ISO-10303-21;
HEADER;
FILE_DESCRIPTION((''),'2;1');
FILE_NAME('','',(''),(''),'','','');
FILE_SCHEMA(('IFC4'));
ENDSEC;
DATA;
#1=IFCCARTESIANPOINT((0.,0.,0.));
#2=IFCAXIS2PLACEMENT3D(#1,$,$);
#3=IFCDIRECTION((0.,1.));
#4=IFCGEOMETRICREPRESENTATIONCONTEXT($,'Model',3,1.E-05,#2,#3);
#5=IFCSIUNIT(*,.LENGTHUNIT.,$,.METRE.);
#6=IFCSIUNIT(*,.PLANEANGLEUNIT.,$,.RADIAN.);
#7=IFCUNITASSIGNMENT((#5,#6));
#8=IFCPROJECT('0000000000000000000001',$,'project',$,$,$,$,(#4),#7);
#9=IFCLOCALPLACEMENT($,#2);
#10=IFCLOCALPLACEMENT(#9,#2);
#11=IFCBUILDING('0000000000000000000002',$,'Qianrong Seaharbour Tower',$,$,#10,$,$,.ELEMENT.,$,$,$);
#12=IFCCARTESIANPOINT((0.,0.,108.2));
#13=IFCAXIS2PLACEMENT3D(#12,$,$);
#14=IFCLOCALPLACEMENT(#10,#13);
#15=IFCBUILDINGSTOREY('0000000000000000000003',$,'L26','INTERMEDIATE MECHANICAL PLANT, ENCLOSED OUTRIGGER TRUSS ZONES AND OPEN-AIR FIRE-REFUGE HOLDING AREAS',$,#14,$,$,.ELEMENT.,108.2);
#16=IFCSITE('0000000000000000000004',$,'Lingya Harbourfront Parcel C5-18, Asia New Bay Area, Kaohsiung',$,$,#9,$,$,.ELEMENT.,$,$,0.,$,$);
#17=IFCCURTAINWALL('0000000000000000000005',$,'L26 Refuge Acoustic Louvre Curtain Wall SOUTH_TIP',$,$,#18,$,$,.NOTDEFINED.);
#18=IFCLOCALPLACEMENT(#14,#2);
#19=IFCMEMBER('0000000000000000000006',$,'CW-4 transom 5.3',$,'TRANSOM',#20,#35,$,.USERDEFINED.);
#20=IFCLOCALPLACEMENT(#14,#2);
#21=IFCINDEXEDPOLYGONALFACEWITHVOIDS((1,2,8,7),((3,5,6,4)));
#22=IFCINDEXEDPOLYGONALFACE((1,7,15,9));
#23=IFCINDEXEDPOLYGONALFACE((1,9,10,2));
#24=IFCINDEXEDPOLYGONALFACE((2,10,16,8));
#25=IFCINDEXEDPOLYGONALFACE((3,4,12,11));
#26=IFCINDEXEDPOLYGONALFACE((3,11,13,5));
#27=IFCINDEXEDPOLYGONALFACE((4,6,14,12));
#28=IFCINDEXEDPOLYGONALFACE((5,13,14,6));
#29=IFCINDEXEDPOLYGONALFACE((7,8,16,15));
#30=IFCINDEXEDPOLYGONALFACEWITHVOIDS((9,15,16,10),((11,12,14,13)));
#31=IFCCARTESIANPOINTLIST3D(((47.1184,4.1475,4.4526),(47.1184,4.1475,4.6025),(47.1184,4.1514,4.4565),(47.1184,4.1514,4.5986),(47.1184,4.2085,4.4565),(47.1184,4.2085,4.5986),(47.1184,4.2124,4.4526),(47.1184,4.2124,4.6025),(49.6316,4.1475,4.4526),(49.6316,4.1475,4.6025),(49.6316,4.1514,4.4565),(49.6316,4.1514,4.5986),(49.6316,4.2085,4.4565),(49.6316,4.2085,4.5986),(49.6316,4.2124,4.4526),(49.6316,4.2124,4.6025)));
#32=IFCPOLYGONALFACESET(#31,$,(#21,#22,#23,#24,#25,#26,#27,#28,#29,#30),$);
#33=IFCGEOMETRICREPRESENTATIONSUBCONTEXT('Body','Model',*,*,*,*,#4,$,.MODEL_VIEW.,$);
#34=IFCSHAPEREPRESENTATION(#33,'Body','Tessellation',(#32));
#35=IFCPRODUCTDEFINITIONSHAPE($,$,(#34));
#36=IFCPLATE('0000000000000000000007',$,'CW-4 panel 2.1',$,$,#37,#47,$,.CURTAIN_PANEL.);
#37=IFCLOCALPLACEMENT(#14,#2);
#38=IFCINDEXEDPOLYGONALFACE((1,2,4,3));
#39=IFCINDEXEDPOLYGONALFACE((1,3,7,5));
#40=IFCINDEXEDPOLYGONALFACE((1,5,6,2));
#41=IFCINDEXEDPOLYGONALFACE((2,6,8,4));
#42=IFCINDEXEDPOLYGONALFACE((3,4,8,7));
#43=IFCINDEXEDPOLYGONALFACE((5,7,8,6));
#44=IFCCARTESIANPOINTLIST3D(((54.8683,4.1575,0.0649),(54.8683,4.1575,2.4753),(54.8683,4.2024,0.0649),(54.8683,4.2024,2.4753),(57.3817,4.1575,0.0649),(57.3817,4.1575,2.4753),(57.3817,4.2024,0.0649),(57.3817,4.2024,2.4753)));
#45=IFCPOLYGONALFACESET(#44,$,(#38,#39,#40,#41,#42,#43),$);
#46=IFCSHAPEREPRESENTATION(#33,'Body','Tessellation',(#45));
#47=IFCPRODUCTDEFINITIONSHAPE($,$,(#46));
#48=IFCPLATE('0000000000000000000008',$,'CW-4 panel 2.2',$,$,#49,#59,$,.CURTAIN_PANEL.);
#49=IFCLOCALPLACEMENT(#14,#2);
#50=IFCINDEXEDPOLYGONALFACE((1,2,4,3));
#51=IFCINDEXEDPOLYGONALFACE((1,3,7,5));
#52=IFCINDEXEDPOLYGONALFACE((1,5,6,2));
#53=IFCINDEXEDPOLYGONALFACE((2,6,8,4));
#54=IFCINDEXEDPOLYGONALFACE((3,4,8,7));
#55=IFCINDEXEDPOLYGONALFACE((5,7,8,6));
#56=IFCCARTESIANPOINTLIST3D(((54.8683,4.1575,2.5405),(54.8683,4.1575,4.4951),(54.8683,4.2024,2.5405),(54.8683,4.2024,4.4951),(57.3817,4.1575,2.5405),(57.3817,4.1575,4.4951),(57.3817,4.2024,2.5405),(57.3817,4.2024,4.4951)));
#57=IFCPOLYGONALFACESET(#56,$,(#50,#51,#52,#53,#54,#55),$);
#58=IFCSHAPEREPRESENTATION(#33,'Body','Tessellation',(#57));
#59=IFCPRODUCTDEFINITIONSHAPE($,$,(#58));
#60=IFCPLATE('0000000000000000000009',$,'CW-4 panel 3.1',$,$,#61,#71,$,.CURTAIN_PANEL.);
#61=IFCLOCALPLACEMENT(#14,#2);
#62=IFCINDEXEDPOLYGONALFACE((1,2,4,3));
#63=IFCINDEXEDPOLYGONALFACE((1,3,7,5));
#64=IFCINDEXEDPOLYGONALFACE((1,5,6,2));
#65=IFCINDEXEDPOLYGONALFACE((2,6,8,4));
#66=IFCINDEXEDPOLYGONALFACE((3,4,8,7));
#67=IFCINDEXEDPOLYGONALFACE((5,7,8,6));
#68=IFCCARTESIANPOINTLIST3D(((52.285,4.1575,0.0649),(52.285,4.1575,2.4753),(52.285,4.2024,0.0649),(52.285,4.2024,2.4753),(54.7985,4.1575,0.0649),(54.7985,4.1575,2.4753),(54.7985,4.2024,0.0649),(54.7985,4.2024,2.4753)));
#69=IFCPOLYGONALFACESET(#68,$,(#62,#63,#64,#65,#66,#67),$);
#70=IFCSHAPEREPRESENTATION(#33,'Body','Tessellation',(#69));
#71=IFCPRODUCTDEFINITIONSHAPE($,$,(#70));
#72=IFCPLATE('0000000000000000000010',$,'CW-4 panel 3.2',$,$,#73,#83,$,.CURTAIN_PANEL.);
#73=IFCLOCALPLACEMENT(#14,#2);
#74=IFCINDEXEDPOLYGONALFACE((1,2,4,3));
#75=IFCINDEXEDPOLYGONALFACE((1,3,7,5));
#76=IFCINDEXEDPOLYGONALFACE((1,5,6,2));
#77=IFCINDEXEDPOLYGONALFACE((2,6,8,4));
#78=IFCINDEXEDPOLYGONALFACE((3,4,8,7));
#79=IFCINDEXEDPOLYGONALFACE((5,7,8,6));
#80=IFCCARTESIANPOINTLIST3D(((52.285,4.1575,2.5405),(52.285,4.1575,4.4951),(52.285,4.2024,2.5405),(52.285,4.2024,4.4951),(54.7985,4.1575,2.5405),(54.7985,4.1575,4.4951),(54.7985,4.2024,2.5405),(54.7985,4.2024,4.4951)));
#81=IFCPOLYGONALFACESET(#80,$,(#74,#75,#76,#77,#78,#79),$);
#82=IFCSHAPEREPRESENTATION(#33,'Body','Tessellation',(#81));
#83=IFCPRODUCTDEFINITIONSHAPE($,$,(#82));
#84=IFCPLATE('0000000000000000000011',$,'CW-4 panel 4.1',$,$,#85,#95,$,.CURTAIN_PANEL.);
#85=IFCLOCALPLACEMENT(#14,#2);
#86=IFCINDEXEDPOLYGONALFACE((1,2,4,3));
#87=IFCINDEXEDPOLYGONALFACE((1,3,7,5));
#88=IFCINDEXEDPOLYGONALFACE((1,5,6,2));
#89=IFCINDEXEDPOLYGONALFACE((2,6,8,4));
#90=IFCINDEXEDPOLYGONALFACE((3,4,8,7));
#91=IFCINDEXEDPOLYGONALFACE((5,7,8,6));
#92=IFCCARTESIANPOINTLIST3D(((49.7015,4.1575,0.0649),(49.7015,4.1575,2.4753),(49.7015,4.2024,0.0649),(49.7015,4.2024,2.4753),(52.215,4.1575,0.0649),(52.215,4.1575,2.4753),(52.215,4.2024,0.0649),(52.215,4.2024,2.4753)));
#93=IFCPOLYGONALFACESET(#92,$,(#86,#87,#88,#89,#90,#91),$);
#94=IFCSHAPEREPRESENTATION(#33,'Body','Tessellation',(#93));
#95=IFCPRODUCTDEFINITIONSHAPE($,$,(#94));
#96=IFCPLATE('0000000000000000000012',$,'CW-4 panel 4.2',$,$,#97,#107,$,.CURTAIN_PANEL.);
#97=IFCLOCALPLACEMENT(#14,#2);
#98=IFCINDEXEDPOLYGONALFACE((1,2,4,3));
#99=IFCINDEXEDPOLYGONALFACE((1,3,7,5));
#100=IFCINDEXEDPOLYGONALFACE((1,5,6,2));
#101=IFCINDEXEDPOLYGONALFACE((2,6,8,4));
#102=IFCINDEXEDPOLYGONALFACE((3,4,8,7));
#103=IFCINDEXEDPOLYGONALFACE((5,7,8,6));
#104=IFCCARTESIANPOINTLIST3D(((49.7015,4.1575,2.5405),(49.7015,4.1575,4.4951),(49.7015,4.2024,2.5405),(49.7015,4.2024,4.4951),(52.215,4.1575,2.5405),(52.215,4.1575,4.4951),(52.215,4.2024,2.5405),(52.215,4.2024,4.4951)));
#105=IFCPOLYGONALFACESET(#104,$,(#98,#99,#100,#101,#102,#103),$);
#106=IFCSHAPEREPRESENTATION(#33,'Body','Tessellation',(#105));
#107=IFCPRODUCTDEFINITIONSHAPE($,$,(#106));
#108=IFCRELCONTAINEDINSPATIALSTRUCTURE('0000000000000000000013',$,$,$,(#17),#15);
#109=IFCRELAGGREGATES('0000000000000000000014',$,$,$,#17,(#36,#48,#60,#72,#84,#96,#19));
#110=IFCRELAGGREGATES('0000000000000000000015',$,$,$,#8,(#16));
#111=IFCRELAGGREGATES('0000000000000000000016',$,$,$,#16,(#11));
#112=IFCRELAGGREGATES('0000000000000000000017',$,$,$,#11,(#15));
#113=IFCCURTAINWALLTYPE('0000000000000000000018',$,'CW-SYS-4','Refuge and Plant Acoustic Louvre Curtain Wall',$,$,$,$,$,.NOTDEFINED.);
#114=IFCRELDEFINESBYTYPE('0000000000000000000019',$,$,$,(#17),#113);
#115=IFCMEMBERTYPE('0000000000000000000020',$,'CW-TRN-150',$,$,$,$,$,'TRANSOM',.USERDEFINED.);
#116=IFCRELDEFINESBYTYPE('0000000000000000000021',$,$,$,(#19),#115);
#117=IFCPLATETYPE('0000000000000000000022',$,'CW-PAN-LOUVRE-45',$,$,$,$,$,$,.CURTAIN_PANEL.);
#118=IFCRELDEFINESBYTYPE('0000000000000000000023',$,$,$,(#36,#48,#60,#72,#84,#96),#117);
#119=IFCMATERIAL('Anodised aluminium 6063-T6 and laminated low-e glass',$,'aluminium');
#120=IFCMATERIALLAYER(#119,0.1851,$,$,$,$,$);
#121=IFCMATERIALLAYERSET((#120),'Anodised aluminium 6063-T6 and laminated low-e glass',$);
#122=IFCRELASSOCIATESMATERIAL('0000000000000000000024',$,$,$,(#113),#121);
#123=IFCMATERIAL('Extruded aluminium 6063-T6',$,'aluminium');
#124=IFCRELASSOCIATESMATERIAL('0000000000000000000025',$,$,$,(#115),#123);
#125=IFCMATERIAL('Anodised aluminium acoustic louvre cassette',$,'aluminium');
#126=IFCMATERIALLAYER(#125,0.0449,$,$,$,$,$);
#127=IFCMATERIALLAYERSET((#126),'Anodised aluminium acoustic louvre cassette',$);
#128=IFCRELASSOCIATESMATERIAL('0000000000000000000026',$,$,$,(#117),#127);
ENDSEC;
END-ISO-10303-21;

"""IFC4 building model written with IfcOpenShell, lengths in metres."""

from ifc_helpers import new_model, si_unit, direction, frame, origin, origin_2d, place, context, subcontext, project, spatial, rectangle, hollow_rectangle, extrude, material, layer, layer_set, material_profile, profile_set, type_object, element, aggregate, save


model = new_model("IFC4")

# Units and contexts
model_context = context("Model", 3, precision=1e-05, world=origin(), true_north=direction((0.0, 1.0)))
body_context = subcontext(model_context, "Body", "Model", "MODEL_VIEW")
ifc_project = project(units=[si_unit("LENGTHUNIT", "METRE"), si_unit("PLANEANGLEUNIT", "RADIAN")], contexts=[model_context])

# Site, building, storey
site_placement = place(None, origin())
site = spatial("IfcSite", under=ifc_project, at=site_placement, Name="Lingya Harbourfront Parcel C5-18, Asia New Bay Area, Kaohsiung", CompositionType="ELEMENT", RefElevation=0.0)
building_placement = place(site_placement, origin())
building = spatial("IfcBuilding", under=site, at=building_placement, Name="Qianrong Seaharbour Tower", CompositionType="ELEMENT")
storey_placement = place(building_placement, frame((0.0, 0.0, 108.2)))
storey = spatial("IfcBuildingStorey", under=building, at=storey_placement, Name="L26", Description="INTERMEDIATE MECHANICAL PLANT, ENCLOSED OUTRIGGER TRUSS ZONES AND OPEN-AIR FIRE-REFUGE HOLDING AREAS", CompositionType="ELEMENT", Elevation=108.2)

# Curtain wall, member, plates
ifc_material_1 = material(Name="Anodised aluminium 6063-T6 and laminated low-e glass", Category="aluminium")
ifc_layer_1 = layer(ifc_material_1, 0.1851)
ifc_layer_set_1 = layer_set([ifc_layer_1], Name="Anodised aluminium 6063-T6 and laminated low-e glass")
curtain_wall_type = type_object("IfcCurtainWallType", Name="CW-SYS-4", Description="Refuge and Plant Acoustic Louvre Curtain Wall", PredefinedType="NOTDEFINED", material=ifc_layer_set_1)
curtain_wall_placement = place(storey_placement, origin())
curtain_wall = element("IfcCurtainWall", 1, at=curtain_wall_placement, inside=storey, type_object=curtain_wall_type, Name="L26 Refuge Acoustic Louvre Curtain Wall SOUTH_TIP", PredefinedType="NOTDEFINED")
ifc_material_2 = material(Name="Extruded aluminium 6063-T6", Category="aluminium")
ifc_material_profile_1 = material_profile(ifc_material_2, hollow_rectangle(XDim=0.0649, YDim=0.1499, WallThickness=0.0039, at=origin_2d()), Name="ALU-TRN-150x65x4")
ifc_profile_set_1 = profile_set([ifc_material_profile_1], Name="Extruded aluminium 6063-T6")
member_type_1 = type_object("IfcMemberType", Name="CW-TRN-150", ElementType="TRANSOM", PredefinedType="USERDEFINED", material=ifc_profile_set_1)
member_1_placement = place(storey_placement, frame((49.6316, 4.1799, 4.5276), z_axis=(-1.0, 0.0, 0.0), x_axis=(0.0, -1.0, 0.0)))
member_1 = element("IfcMember", 2, at=member_1_placement, type_object=member_type_1, Name="CW-4 transom 5.3", ObjectType="TRANSOM", PredefinedType="USERDEFINED", context=body_context, shape_type="SweptSolid", body=[
    extrude(hollow_rectangle(XDim=0.0649, YDim=0.1499, WallThickness=0.0039, at=origin_2d()), origin(), (0.0, 0.0, 1.0), 2.5132),
])
ifc_material_3 = material(Name="Anodised aluminium acoustic louvre cassette", Category="aluminium")
ifc_layer_2 = layer(ifc_material_3, 0.0449)
ifc_layer_set_2 = layer_set([ifc_layer_2], Name="Anodised aluminium acoustic louvre cassette")
plate_type = type_object("IfcPlateType", Name="CW-PAN-LOUVRE-45", PredefinedType="CURTAIN_PANEL", material=ifc_layer_set_2)
plate_1_placement = place(storey_placement, frame((56.125, 4.1799, 0.0649), z_axis=(0.0, 0.0, 1.0), x_axis=(-1.0, 0.0, 0.0)))
plate_1 = element("IfcPlate", 3, at=plate_1_placement, type_object=plate_type, Name="CW-4 panel 2.1", PredefinedType="CURTAIN_PANEL", context=body_context, shape_type="SweptSolid", body=[
    extrude(rectangle(XDim=2.5134, YDim=0.0449, at=origin_2d()), origin(), (0.0, 0.0, 1.0), 2.4104),
])
plate_2_placement = place(storey_placement, frame((56.125, 4.1799, 2.5405), z_axis=(0.0, 0.0, 1.0), x_axis=(-1.0, 0.0, 0.0)))
plate_2 = element("IfcPlate", 4, at=plate_2_placement, type_object=plate_type, Name="CW-4 panel 2.2", PredefinedType="CURTAIN_PANEL", context=body_context, shape_type="SweptSolid", body=[
    extrude(rectangle(XDim=2.5134, YDim=0.0449, at=origin_2d()), origin(), (0.0, 0.0, 1.0), 1.9546),
])
plate_3_placement = place(storey_placement, frame((53.5417, 4.1799, 0.0649), z_axis=(0.0, 0.0, 1.0), x_axis=(-1.0, 0.0, 0.0)))
plate_3 = element("IfcPlate", 5, at=plate_3_placement, type_object=plate_type, Name="CW-4 panel 3.1", PredefinedType="CURTAIN_PANEL", context=body_context, shape_type="SweptSolid", body=[
    extrude(rectangle(XDim=2.5134, YDim=0.0449, at=origin_2d()), origin(), (0.0, 0.0, 1.0), 2.4104),
])
plate_4_placement = place(storey_placement, frame((53.5417, 4.1799, 2.5405), z_axis=(0.0, 0.0, 1.0), x_axis=(-1.0, 0.0, 0.0)))
plate_4 = element("IfcPlate", 6, at=plate_4_placement, type_object=plate_type, Name="CW-4 panel 3.2", PredefinedType="CURTAIN_PANEL", context=body_context, shape_type="SweptSolid", body=[
    extrude(rectangle(XDim=2.5134, YDim=0.0449, at=origin_2d()), origin(), (0.0, 0.0, 1.0), 1.9546),
])
plate_5_placement = place(storey_placement, frame((50.9583, 4.1799, 0.0649), z_axis=(0.0, 0.0, 1.0), x_axis=(-1.0, 0.0, 0.0)))
plate_5 = element("IfcPlate", 7, at=plate_5_placement, type_object=plate_type, Name="CW-4 panel 4.1", PredefinedType="CURTAIN_PANEL", context=body_context, shape_type="SweptSolid", body=[
    extrude(rectangle(XDim=2.5134, YDim=0.0449, at=origin_2d()), origin(), (0.0, 0.0, 1.0), 2.4104),
])
plate_6_placement = place(storey_placement, frame((50.9583, 4.1799, 2.5405), z_axis=(0.0, 0.0, 1.0), x_axis=(-1.0, 0.0, 0.0)))
plate_6 = element("IfcPlate", 8, at=plate_6_placement, type_object=plate_type, Name="CW-4 panel 4.2", PredefinedType="CURTAIN_PANEL", context=body_context, shape_type="SweptSolid", body=[
    extrude(rectangle(XDim=2.5134, YDim=0.0449, at=origin_2d()), origin(), (0.0, 0.0, 1.0), 1.9546),
])
aggregate(curtain_wall, [plate_1, plate_2, plate_3, plate_4, plate_5, plate_6, member_1])

save(model, "model.ifc")
